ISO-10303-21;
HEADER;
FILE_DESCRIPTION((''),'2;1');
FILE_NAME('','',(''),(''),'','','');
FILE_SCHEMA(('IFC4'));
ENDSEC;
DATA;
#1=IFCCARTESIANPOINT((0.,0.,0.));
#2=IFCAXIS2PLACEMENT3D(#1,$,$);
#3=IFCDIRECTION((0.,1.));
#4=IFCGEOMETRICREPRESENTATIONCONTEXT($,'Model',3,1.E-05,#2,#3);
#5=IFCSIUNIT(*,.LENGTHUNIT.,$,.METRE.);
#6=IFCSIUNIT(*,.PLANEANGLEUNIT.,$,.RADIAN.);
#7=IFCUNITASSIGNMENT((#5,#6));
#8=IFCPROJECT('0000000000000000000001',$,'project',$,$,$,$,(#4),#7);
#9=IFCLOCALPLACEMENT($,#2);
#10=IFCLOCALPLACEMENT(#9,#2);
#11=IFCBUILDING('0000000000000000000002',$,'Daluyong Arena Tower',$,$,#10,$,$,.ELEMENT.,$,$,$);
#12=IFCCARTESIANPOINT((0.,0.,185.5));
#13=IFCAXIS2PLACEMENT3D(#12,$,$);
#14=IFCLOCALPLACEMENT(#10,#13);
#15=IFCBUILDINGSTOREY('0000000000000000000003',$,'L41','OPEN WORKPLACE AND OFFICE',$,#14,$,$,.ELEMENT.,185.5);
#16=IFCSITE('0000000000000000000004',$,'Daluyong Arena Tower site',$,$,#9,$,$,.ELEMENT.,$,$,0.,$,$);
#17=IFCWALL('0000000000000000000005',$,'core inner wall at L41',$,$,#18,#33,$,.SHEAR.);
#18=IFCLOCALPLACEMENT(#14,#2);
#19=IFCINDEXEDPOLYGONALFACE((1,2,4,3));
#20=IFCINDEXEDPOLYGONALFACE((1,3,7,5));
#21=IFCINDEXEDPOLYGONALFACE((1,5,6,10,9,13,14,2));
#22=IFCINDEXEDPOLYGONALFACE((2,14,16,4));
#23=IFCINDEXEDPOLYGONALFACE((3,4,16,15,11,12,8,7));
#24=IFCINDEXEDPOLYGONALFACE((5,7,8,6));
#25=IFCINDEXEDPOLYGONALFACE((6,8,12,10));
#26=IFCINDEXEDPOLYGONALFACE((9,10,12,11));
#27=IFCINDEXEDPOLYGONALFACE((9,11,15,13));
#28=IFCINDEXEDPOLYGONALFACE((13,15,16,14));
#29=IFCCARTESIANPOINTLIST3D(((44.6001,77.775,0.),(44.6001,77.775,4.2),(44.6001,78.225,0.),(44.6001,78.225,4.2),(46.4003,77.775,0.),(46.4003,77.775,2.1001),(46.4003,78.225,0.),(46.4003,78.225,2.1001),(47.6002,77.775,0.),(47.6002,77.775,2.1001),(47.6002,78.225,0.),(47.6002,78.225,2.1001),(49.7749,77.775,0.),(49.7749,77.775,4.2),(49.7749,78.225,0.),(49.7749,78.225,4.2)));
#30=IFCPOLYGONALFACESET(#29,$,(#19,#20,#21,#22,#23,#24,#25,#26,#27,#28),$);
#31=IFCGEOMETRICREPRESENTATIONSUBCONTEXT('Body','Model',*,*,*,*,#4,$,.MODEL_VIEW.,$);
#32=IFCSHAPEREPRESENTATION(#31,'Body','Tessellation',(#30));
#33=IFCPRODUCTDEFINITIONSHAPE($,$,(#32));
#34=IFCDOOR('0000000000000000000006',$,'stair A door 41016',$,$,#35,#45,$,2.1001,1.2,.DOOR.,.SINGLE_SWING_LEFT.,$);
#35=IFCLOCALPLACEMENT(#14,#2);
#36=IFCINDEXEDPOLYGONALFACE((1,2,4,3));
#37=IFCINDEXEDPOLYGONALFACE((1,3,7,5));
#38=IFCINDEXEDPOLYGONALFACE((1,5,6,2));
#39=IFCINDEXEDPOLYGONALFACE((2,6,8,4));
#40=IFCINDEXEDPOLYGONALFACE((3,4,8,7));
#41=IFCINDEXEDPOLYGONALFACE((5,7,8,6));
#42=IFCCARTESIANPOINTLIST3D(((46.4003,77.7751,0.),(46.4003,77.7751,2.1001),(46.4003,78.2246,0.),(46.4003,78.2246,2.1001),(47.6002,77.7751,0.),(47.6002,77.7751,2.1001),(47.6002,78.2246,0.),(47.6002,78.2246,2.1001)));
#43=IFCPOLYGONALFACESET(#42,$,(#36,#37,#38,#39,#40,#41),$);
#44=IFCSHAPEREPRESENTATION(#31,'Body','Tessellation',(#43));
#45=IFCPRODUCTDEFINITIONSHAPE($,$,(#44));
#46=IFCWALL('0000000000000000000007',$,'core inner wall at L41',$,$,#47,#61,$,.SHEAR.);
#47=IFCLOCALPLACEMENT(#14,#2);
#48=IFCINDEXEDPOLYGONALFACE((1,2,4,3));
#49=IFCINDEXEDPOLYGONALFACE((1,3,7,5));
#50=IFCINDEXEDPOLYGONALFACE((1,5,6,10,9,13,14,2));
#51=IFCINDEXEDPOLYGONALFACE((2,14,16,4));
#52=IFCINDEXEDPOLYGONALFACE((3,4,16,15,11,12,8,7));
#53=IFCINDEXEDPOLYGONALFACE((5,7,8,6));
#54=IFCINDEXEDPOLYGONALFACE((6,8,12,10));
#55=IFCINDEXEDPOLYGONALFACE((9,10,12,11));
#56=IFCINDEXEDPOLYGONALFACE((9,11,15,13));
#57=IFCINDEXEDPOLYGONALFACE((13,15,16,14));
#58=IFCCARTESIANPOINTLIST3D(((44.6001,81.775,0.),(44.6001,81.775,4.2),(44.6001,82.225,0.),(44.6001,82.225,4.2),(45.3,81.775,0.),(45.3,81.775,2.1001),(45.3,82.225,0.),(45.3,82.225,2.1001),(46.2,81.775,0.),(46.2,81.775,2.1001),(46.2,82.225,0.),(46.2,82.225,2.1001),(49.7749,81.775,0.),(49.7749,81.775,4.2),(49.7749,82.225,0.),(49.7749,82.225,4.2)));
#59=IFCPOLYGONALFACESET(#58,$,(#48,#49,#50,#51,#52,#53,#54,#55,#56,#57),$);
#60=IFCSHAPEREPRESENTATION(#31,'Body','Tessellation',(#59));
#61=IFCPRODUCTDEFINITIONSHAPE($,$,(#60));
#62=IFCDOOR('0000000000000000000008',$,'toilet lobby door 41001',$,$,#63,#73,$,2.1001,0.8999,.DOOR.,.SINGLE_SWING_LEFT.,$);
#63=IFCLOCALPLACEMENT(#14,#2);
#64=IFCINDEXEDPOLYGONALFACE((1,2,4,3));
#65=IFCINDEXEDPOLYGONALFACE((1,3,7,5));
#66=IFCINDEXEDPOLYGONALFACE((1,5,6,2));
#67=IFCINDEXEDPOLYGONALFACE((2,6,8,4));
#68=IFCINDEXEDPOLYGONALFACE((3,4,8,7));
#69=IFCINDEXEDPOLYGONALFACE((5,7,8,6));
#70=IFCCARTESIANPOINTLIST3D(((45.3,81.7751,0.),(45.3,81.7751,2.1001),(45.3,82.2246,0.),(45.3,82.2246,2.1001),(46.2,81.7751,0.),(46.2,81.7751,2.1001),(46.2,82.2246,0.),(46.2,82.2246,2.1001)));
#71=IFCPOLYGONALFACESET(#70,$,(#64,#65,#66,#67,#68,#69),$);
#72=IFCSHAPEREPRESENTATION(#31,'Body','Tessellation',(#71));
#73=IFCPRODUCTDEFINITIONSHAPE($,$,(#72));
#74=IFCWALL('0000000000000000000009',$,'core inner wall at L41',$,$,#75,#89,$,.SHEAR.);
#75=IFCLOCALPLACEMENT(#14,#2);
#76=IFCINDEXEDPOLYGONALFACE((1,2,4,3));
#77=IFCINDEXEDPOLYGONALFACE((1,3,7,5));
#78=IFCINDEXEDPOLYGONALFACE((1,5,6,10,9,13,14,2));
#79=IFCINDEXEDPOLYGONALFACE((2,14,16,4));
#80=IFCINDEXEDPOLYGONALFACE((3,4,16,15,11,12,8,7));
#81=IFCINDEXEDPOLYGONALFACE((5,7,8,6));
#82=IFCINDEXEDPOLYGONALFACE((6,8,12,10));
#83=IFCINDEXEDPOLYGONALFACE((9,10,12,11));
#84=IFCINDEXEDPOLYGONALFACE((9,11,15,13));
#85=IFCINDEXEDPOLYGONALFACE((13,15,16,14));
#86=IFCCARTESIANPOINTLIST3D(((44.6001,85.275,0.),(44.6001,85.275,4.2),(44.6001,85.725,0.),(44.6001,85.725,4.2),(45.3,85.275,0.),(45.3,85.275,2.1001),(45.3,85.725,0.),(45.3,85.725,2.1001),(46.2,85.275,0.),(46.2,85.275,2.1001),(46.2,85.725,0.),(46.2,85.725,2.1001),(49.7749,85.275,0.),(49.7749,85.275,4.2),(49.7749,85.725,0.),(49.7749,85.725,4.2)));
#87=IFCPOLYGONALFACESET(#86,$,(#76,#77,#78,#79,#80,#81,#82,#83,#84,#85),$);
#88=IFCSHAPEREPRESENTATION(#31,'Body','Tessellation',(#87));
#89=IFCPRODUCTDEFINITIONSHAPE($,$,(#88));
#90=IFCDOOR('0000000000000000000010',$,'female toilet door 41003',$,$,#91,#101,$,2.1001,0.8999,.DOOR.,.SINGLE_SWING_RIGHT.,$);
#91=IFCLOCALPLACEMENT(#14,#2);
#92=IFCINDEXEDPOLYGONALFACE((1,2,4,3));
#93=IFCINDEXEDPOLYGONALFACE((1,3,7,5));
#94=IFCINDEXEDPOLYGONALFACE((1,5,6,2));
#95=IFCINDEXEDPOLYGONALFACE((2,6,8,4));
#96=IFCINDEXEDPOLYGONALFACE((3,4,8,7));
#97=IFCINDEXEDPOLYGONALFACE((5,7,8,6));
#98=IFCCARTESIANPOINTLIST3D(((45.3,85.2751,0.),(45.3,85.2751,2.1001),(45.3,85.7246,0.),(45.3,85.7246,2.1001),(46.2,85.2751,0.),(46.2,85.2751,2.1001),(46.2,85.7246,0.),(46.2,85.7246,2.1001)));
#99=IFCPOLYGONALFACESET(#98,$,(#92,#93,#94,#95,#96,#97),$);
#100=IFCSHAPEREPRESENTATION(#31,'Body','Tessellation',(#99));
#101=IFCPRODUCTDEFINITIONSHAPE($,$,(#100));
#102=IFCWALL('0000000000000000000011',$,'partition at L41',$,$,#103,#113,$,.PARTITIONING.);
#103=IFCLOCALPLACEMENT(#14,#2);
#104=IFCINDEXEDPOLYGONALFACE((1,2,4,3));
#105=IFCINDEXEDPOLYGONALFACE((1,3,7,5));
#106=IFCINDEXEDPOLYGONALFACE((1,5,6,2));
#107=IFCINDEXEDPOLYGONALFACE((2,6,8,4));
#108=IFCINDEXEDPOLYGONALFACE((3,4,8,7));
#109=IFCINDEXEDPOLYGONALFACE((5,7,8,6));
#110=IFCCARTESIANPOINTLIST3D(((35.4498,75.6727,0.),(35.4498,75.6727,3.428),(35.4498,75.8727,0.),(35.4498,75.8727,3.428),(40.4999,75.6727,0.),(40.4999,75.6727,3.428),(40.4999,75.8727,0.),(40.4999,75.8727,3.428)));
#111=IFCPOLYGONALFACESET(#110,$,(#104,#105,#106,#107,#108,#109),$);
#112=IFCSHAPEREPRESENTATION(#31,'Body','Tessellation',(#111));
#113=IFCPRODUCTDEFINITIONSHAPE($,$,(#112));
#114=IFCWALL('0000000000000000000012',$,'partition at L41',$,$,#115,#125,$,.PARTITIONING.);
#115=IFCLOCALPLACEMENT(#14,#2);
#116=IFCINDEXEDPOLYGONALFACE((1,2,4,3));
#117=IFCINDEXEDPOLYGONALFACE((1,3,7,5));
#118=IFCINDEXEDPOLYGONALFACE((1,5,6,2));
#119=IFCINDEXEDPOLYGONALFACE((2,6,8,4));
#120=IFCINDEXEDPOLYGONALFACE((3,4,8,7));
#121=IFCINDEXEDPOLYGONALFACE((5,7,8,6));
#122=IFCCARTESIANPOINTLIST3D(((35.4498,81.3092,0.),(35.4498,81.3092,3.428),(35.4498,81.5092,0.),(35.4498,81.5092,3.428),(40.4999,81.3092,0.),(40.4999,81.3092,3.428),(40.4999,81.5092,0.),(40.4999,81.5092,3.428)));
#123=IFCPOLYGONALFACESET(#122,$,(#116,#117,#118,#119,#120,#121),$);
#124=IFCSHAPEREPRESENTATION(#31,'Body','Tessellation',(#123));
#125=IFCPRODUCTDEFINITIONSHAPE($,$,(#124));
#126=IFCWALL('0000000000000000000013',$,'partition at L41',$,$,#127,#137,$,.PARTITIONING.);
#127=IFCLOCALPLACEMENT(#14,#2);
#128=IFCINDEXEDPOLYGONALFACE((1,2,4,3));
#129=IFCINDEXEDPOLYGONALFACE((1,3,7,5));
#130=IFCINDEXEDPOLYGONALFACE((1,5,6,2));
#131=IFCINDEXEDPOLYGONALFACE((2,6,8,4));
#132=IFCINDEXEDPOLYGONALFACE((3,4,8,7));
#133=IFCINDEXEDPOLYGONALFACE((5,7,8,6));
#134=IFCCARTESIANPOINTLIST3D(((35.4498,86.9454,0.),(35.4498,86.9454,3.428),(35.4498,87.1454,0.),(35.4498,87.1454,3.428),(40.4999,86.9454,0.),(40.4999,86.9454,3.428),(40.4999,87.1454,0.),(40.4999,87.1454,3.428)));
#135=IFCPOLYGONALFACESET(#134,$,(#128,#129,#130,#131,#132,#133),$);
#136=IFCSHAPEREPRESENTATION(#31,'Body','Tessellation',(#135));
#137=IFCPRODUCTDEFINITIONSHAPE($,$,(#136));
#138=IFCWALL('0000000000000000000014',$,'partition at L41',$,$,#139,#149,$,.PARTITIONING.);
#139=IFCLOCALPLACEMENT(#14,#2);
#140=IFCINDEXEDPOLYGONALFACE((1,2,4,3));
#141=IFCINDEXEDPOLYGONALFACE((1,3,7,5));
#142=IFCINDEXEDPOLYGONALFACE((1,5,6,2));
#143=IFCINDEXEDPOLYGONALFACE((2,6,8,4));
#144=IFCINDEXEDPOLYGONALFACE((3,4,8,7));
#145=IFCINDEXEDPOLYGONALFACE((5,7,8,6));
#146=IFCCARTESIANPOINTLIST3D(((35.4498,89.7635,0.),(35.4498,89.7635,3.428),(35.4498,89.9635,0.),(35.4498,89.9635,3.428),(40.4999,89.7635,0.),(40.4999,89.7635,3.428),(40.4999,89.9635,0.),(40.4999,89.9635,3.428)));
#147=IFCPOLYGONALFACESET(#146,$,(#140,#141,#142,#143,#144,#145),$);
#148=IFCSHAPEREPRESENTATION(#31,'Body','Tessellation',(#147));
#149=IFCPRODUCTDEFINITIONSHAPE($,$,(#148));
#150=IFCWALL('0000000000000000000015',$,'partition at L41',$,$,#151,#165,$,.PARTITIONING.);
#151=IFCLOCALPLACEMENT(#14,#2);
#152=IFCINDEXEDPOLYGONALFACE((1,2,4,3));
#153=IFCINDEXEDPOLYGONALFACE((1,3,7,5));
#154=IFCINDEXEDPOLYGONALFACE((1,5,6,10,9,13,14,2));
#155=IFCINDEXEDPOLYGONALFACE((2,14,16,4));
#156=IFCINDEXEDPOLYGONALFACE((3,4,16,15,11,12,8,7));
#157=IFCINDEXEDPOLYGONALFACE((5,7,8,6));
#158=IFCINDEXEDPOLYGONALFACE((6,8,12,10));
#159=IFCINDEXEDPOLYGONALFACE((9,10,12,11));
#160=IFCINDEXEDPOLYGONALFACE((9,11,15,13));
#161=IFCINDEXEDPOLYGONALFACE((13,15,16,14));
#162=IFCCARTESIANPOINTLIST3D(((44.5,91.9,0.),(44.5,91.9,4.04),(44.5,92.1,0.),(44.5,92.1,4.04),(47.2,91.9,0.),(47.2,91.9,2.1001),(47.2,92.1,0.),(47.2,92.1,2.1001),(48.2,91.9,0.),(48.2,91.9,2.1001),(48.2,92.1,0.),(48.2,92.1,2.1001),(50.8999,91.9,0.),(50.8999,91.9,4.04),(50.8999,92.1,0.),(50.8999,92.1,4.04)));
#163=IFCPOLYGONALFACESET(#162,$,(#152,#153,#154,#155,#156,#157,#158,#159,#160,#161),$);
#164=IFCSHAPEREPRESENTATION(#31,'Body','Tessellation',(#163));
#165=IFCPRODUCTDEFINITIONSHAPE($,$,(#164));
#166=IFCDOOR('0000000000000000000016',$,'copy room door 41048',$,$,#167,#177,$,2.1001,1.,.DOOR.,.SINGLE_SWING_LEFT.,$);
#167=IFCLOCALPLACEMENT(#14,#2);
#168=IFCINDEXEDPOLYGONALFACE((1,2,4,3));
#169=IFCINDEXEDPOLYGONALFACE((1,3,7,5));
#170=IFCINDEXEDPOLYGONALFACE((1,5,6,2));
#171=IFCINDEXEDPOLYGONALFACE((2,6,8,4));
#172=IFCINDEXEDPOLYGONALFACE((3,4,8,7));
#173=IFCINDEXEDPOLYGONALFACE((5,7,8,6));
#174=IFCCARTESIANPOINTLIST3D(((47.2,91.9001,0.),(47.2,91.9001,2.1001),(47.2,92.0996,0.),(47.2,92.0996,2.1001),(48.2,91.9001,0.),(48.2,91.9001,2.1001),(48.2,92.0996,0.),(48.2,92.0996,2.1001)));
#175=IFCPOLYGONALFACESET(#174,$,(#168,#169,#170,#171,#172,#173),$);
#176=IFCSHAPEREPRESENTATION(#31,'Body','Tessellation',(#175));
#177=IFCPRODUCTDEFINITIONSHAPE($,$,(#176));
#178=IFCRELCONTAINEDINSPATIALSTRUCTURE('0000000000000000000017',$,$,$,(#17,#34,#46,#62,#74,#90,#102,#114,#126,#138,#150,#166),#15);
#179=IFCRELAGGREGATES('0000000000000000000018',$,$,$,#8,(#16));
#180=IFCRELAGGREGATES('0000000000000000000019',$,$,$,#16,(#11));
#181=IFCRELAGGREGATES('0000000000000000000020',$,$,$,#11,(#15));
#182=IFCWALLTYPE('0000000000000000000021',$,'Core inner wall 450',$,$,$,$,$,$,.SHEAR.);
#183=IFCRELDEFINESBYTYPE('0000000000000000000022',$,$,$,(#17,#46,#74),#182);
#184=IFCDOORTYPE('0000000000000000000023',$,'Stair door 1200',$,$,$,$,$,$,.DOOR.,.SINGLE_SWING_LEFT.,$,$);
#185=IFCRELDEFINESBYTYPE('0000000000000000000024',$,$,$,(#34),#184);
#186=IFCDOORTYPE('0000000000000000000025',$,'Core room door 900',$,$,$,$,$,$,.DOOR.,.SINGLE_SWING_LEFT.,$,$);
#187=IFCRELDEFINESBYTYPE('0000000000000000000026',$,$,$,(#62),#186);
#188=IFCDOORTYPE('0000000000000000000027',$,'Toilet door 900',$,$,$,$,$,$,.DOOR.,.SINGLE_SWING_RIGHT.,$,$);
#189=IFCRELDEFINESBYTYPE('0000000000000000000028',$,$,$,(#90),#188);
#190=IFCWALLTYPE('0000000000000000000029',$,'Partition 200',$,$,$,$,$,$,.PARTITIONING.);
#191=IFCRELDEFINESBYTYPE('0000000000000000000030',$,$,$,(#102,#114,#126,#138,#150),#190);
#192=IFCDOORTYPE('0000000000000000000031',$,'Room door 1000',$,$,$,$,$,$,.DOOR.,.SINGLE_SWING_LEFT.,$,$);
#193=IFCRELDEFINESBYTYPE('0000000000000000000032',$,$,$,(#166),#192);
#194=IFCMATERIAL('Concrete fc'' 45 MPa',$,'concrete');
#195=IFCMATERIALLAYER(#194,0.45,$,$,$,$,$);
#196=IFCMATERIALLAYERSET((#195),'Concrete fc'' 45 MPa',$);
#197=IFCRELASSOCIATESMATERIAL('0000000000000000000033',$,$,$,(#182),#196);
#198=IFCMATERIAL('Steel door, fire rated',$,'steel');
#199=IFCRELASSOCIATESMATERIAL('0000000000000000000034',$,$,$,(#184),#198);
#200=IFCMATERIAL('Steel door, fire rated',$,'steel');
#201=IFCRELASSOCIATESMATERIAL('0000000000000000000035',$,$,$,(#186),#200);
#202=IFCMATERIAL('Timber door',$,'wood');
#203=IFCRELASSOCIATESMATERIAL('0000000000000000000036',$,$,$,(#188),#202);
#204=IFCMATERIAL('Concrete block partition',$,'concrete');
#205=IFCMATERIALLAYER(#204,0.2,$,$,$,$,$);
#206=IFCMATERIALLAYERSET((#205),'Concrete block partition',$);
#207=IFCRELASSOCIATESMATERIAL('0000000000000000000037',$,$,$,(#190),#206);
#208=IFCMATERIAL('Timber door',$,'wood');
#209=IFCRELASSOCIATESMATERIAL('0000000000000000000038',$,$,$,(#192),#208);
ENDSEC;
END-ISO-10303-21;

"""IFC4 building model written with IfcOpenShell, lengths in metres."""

from ifc_helpers import new_model, si_unit, direction, frame, frame_2d, origin, place, context, subcontext, project, spatial, rectangle, extrude, material, layer, layer_set, type_object, element, fill, save


model = new_model("IFC4")

# Units and contexts
model_context = context("Model", 3, precision=1e-05, world=origin(), true_north=direction((0.0, 1.0)))
body_context = subcontext(model_context, "Body", "Model", "MODEL_VIEW")
ifc_project = project(units=[si_unit("LENGTHUNIT", "METRE"), si_unit("PLANEANGLEUNIT", "RADIAN")], contexts=[model_context])

# Site, building, storey
site_placement = place(None, origin())
site = spatial("IfcSite", under=ifc_project, at=site_placement, Name="Daluyong Arena Tower site", CompositionType="ELEMENT", RefElevation=0.0)
building_placement = place(site_placement, origin())
building = spatial("IfcBuilding", under=site, at=building_placement, Name="Daluyong Arena Tower", CompositionType="ELEMENT")
storey_placement = place(building_placement, frame((0.0, 0.0, 185.5)))
storey = spatial("IfcBuildingStorey", under=building, at=storey_placement, Name="L41", Description="OPEN WORKPLACE AND OFFICE", CompositionType="ELEMENT", Elevation=185.5)

# Walls, openings, doors
ifc_material_1 = material(Name="Concrete fc' 45 MPa", Category="concrete")
ifc_layer_1 = layer(ifc_material_1, 0.45)
ifc_layer_set_1 = layer_set([ifc_layer_1], Name="Concrete fc' 45 MPa")
wall_type_1 = type_object("IfcWallType", Name="Core inner wall 450", PredefinedType="SHEAR", material=ifc_layer_set_1)
wall_1_placement = place(storey_placement, frame((44.6001, 78.0, 0.0), z_axis=(0.0, 0.0, 1.0), x_axis=(1.0, 0.0, 0.0)))
wall_1 = element("IfcWall", 1, at=wall_1_placement, inside=storey, type_object=wall_type_1, Name="core inner wall at L41", PredefinedType="SHEAR", context=body_context, shape_type="SweptSolid", body=[
    extrude(rectangle(XDim=5.1748, YDim=0.45, at=frame_2d((2.5874, 0.0))), origin(), (0.0, 0.0, 1.0), 4.2),
])
opening_1_placement = place(wall_1_placement, frame((1.8, 0.0, 0.0)))
opening_1 = element("IfcOpeningElement", 2, at=opening_1_placement, cuts=wall_1, PredefinedType="OPENING", context=body_context, shape_type="SweptSolid", body=[
    extrude(rectangle(XDim=1.2, YDim=2.1001, at=frame_2d((0.6001, 1.05))), frame((0.0, 0.2349, 0.0), z_axis=(0.0, -1.0, 0.0), x_axis=(1.0, 0.0, 0.0)), (0.0, 0.0, 1.0), 0.47),
])
ifc_material_2 = material(Name="Steel door, fire rated", Category="steel")
door_type_1 = type_object("IfcDoorType", Name="Stair door 1200", OperationType="SINGLE_SWING_LEFT", PredefinedType="DOOR", material=ifc_material_2)
door_1_placement = place(opening_1_placement, origin())
door_1 = element("IfcDoor", 3, at=door_1_placement, inside=storey, type_object=door_type_1, Name="stair A door 41016", OperationType="SINGLE_SWING_LEFT", OverallHeight=2.1001, OverallWidth=1.2, PredefinedType="DOOR", context=body_context, shape_type="SweptSolid", body=[
    extrude(rectangle(XDim=1.2, YDim=2.1001, at=frame_2d((0.6001, 1.05))), frame((0.0, 0.2246, 0.0), z_axis=(0.0, -1.0, 0.0), x_axis=(1.0, 0.0, 0.0)), (0.0, 0.0, 1.0), 0.4495),
])
fill(opening_1, door_1)
wall_2_placement = place(storey_placement, frame((44.6001, 82.0, 0.0), z_axis=(0.0, 0.0, 1.0), x_axis=(1.0, 0.0, 0.0)))
wall_2 = element("IfcWall", 4, at=wall_2_placement, inside=storey, type_object=wall_type_1, Name="core inner wall at L41", PredefinedType="SHEAR", context=body_context, shape_type="SweptSolid", body=[
    extrude(rectangle(XDim=5.1748, YDim=0.45, at=frame_2d((2.5874, 0.0))), origin(), (0.0, 0.0, 1.0), 4.2),
])
opening_2_placement = place(wall_2_placement, frame((0.7, 0.0, 0.0)))
opening_2 = element("IfcOpeningElement", 5, at=opening_2_placement, cuts=wall_2, PredefinedType="OPENING", context=body_context, shape_type="SweptSolid", body=[
    extrude(rectangle(XDim=0.8999, YDim=2.1001, at=frame_2d((0.45, 1.05))), frame((0.0, 0.2349, 0.0), z_axis=(0.0, -1.0, 0.0), x_axis=(1.0, 0.0, 0.0)), (0.0, 0.0, 1.0), 0.47),
])
ifc_material_3 = material(Name="Steel door, fire rated", Category="steel")
door_type_2 = type_object("IfcDoorType", Name="Core room door 900", OperationType="SINGLE_SWING_LEFT", PredefinedType="DOOR", material=ifc_material_3)
door_2_placement = place(opening_2_placement, origin())
door_2 = element("IfcDoor", 6, at=door_2_placement, inside=storey, type_object=door_type_2, Name="toilet lobby door 41001", OperationType="SINGLE_SWING_LEFT", OverallHeight=2.1001, OverallWidth=0.8999, PredefinedType="DOOR", context=body_context, shape_type="SweptSolid", body=[
    extrude(rectangle(XDim=0.8999, YDim=2.1001, at=frame_2d((0.45, 1.05))), frame((0.0, 0.2246, 0.0), z_axis=(0.0, -1.0, 0.0), x_axis=(1.0, 0.0, 0.0)), (0.0, 0.0, 1.0), 0.4495),
])
fill(opening_2, door_2)
wall_3_placement = place(storey_placement, frame((44.6001, 85.5, 0.0), z_axis=(0.0, 0.0, 1.0), x_axis=(1.0, 0.0, 0.0)))
wall_3 = element("IfcWall", 7, at=wall_3_placement, inside=storey, type_object=wall_type_1, Name="core inner wall at L41", PredefinedType="SHEAR", context=body_context, shape_type="SweptSolid", body=[
    extrude(rectangle(XDim=5.1748, YDim=0.45, at=frame_2d((2.5874, 0.0))), origin(), (0.0, 0.0, 1.0), 4.2),
])
opening_3_placement = place(wall_3_placement, frame((0.7, 0.0, 0.0)))
opening_3 = element("IfcOpeningElement", 8, at=opening_3_placement, cuts=wall_3, PredefinedType="OPENING", context=body_context, shape_type="SweptSolid", body=[
    extrude(rectangle(XDim=0.8999, YDim=2.1001, at=frame_2d((0.45, 1.05))), frame((0.0, 0.2349, 0.0), z_axis=(0.0, -1.0, 0.0), x_axis=(1.0, 0.0, 0.0)), (0.0, 0.0, 1.0), 0.47),
])
ifc_material_4 = material(Name="Timber door", Category="wood")
door_type_3 = type_object("IfcDoorType", Name="Toilet door 900", OperationType="SINGLE_SWING_RIGHT", PredefinedType="DOOR", material=ifc_material_4)
door_3_placement = place(opening_3_placement, origin())
door_3 = element("IfcDoor", 9, at=door_3_placement, inside=storey, type_object=door_type_3, Name="female toilet door 41003", OperationType="SINGLE_SWING_RIGHT", OverallHeight=2.1001, OverallWidth=0.8999, PredefinedType="DOOR", context=body_context, shape_type="SweptSolid", body=[
    extrude(rectangle(XDim=0.8999, YDim=2.1001, at=frame_2d((0.45, 1.05))), frame((0.0, 0.2246, 0.0), z_axis=(0.0, -1.0, 0.0), x_axis=(1.0, 0.0, 0.0)), (0.0, 0.0, 1.0), 0.4495),
])
fill(opening_3, door_3)

# Walls
ifc_material_5 = material(Name="Concrete block partition", Category="concrete")
ifc_layer_2 = layer(ifc_material_5, 0.2)
ifc_layer_set_2 = layer_set([ifc_layer_2], Name="Concrete block partition")
wall_type_2 = type_object("IfcWallType", Name="Partition 200", PredefinedType="PARTITIONING", material=ifc_layer_set_2)
for number, where, z_axis, x_axis, name in (
    (10, (35.45, 75.7727, 0.0), (0.0, 0.0, 1.0), (1.0, 0.0, 0.0), "partition at L41"),
    (11, (35.45, 81.4092, 0.0), (0.0, 0.0, 1.0), (1.0, 0.0, 0.0), "partition at L41"),
    (12, (35.45, 87.0454, 0.0), (0.0, 0.0, 1.0), (1.0, 0.0, 0.0), "partition at L41"),
    (13, (35.45, 89.8635, 0.0), (0.0, 0.0, 1.0), (1.0, 0.0, 0.0), "partition at L41"),
):
    element("IfcWall", number, at=place(storey_placement, frame(where, z_axis=z_axis, x_axis=x_axis)), inside=storey, type_object=wall_type_2, Name=name, PredefinedType="PARTITIONING", context=body_context, shape_type="SweptSolid", body=[
        extrude(rectangle(XDim=5.05, YDim=0.2, at=frame_2d((2.5249, 0.0))), origin(), (0.0, 0.0, 1.0), 3.428),
    ])

# Wall, opening, door
wall_4_placement = place(storey_placement, frame((44.5, 92.0, 0.0), z_axis=(0.0, 0.0, 1.0), x_axis=(1.0, 0.0, 0.0)))
wall_4 = element("IfcWall", 14, at=wall_4_placement, inside=storey, type_object=wall_type_2, Name="partition at L41", PredefinedType="PARTITIONING", context=body_context, shape_type="SweptSolid", body=[
    extrude(rectangle(XDim=6.3999, YDim=0.2, at=frame_2d((3.2, 0.0))), origin(), (0.0, 0.0, 1.0), 4.04),
])
opening_4_placement = place(wall_4_placement, frame((2.7, 0.0, 0.0)))
opening_4 = element("IfcOpeningElement", 15, at=opening_4_placement, cuts=wall_4, PredefinedType="OPENING", context=body_context, shape_type="SweptSolid", body=[
    extrude(rectangle(XDim=1.0, YDim=2.1001, at=frame_2d((0.5, 1.05))), frame((0.0, 0.1099, 0.0), z_axis=(0.0, -1.0, 0.0), x_axis=(1.0, 0.0, 0.0)), (0.0, 0.0, 1.0), 0.22),
])
ifc_material_6 = material(Name="Timber door", Category="wood")
door_type_4 = type_object("IfcDoorType", Name="Room door 1000", OperationType="SINGLE_SWING_LEFT", PredefinedType="DOOR", material=ifc_material_6)
door_4_placement = place(opening_4_placement, origin())
door_4 = element("IfcDoor", 16, at=door_4_placement, inside=storey, type_object=door_type_4, Name="copy room door 41048", OperationType="SINGLE_SWING_LEFT", OverallHeight=2.1001, OverallWidth=1.0, PredefinedType="DOOR", context=body_context, shape_type="SweptSolid", body=[
    extrude(rectangle(XDim=1.0, YDim=2.1001, at=frame_2d((0.5, 1.05))), frame((0.0, 0.0996, 0.0), z_axis=(0.0, -1.0, 0.0), x_axis=(1.0, 0.0, 0.0)), (0.0, 0.0, 1.0), 0.1995),
])
fill(opening_4, door_4)

save(model, "model.ifc")
